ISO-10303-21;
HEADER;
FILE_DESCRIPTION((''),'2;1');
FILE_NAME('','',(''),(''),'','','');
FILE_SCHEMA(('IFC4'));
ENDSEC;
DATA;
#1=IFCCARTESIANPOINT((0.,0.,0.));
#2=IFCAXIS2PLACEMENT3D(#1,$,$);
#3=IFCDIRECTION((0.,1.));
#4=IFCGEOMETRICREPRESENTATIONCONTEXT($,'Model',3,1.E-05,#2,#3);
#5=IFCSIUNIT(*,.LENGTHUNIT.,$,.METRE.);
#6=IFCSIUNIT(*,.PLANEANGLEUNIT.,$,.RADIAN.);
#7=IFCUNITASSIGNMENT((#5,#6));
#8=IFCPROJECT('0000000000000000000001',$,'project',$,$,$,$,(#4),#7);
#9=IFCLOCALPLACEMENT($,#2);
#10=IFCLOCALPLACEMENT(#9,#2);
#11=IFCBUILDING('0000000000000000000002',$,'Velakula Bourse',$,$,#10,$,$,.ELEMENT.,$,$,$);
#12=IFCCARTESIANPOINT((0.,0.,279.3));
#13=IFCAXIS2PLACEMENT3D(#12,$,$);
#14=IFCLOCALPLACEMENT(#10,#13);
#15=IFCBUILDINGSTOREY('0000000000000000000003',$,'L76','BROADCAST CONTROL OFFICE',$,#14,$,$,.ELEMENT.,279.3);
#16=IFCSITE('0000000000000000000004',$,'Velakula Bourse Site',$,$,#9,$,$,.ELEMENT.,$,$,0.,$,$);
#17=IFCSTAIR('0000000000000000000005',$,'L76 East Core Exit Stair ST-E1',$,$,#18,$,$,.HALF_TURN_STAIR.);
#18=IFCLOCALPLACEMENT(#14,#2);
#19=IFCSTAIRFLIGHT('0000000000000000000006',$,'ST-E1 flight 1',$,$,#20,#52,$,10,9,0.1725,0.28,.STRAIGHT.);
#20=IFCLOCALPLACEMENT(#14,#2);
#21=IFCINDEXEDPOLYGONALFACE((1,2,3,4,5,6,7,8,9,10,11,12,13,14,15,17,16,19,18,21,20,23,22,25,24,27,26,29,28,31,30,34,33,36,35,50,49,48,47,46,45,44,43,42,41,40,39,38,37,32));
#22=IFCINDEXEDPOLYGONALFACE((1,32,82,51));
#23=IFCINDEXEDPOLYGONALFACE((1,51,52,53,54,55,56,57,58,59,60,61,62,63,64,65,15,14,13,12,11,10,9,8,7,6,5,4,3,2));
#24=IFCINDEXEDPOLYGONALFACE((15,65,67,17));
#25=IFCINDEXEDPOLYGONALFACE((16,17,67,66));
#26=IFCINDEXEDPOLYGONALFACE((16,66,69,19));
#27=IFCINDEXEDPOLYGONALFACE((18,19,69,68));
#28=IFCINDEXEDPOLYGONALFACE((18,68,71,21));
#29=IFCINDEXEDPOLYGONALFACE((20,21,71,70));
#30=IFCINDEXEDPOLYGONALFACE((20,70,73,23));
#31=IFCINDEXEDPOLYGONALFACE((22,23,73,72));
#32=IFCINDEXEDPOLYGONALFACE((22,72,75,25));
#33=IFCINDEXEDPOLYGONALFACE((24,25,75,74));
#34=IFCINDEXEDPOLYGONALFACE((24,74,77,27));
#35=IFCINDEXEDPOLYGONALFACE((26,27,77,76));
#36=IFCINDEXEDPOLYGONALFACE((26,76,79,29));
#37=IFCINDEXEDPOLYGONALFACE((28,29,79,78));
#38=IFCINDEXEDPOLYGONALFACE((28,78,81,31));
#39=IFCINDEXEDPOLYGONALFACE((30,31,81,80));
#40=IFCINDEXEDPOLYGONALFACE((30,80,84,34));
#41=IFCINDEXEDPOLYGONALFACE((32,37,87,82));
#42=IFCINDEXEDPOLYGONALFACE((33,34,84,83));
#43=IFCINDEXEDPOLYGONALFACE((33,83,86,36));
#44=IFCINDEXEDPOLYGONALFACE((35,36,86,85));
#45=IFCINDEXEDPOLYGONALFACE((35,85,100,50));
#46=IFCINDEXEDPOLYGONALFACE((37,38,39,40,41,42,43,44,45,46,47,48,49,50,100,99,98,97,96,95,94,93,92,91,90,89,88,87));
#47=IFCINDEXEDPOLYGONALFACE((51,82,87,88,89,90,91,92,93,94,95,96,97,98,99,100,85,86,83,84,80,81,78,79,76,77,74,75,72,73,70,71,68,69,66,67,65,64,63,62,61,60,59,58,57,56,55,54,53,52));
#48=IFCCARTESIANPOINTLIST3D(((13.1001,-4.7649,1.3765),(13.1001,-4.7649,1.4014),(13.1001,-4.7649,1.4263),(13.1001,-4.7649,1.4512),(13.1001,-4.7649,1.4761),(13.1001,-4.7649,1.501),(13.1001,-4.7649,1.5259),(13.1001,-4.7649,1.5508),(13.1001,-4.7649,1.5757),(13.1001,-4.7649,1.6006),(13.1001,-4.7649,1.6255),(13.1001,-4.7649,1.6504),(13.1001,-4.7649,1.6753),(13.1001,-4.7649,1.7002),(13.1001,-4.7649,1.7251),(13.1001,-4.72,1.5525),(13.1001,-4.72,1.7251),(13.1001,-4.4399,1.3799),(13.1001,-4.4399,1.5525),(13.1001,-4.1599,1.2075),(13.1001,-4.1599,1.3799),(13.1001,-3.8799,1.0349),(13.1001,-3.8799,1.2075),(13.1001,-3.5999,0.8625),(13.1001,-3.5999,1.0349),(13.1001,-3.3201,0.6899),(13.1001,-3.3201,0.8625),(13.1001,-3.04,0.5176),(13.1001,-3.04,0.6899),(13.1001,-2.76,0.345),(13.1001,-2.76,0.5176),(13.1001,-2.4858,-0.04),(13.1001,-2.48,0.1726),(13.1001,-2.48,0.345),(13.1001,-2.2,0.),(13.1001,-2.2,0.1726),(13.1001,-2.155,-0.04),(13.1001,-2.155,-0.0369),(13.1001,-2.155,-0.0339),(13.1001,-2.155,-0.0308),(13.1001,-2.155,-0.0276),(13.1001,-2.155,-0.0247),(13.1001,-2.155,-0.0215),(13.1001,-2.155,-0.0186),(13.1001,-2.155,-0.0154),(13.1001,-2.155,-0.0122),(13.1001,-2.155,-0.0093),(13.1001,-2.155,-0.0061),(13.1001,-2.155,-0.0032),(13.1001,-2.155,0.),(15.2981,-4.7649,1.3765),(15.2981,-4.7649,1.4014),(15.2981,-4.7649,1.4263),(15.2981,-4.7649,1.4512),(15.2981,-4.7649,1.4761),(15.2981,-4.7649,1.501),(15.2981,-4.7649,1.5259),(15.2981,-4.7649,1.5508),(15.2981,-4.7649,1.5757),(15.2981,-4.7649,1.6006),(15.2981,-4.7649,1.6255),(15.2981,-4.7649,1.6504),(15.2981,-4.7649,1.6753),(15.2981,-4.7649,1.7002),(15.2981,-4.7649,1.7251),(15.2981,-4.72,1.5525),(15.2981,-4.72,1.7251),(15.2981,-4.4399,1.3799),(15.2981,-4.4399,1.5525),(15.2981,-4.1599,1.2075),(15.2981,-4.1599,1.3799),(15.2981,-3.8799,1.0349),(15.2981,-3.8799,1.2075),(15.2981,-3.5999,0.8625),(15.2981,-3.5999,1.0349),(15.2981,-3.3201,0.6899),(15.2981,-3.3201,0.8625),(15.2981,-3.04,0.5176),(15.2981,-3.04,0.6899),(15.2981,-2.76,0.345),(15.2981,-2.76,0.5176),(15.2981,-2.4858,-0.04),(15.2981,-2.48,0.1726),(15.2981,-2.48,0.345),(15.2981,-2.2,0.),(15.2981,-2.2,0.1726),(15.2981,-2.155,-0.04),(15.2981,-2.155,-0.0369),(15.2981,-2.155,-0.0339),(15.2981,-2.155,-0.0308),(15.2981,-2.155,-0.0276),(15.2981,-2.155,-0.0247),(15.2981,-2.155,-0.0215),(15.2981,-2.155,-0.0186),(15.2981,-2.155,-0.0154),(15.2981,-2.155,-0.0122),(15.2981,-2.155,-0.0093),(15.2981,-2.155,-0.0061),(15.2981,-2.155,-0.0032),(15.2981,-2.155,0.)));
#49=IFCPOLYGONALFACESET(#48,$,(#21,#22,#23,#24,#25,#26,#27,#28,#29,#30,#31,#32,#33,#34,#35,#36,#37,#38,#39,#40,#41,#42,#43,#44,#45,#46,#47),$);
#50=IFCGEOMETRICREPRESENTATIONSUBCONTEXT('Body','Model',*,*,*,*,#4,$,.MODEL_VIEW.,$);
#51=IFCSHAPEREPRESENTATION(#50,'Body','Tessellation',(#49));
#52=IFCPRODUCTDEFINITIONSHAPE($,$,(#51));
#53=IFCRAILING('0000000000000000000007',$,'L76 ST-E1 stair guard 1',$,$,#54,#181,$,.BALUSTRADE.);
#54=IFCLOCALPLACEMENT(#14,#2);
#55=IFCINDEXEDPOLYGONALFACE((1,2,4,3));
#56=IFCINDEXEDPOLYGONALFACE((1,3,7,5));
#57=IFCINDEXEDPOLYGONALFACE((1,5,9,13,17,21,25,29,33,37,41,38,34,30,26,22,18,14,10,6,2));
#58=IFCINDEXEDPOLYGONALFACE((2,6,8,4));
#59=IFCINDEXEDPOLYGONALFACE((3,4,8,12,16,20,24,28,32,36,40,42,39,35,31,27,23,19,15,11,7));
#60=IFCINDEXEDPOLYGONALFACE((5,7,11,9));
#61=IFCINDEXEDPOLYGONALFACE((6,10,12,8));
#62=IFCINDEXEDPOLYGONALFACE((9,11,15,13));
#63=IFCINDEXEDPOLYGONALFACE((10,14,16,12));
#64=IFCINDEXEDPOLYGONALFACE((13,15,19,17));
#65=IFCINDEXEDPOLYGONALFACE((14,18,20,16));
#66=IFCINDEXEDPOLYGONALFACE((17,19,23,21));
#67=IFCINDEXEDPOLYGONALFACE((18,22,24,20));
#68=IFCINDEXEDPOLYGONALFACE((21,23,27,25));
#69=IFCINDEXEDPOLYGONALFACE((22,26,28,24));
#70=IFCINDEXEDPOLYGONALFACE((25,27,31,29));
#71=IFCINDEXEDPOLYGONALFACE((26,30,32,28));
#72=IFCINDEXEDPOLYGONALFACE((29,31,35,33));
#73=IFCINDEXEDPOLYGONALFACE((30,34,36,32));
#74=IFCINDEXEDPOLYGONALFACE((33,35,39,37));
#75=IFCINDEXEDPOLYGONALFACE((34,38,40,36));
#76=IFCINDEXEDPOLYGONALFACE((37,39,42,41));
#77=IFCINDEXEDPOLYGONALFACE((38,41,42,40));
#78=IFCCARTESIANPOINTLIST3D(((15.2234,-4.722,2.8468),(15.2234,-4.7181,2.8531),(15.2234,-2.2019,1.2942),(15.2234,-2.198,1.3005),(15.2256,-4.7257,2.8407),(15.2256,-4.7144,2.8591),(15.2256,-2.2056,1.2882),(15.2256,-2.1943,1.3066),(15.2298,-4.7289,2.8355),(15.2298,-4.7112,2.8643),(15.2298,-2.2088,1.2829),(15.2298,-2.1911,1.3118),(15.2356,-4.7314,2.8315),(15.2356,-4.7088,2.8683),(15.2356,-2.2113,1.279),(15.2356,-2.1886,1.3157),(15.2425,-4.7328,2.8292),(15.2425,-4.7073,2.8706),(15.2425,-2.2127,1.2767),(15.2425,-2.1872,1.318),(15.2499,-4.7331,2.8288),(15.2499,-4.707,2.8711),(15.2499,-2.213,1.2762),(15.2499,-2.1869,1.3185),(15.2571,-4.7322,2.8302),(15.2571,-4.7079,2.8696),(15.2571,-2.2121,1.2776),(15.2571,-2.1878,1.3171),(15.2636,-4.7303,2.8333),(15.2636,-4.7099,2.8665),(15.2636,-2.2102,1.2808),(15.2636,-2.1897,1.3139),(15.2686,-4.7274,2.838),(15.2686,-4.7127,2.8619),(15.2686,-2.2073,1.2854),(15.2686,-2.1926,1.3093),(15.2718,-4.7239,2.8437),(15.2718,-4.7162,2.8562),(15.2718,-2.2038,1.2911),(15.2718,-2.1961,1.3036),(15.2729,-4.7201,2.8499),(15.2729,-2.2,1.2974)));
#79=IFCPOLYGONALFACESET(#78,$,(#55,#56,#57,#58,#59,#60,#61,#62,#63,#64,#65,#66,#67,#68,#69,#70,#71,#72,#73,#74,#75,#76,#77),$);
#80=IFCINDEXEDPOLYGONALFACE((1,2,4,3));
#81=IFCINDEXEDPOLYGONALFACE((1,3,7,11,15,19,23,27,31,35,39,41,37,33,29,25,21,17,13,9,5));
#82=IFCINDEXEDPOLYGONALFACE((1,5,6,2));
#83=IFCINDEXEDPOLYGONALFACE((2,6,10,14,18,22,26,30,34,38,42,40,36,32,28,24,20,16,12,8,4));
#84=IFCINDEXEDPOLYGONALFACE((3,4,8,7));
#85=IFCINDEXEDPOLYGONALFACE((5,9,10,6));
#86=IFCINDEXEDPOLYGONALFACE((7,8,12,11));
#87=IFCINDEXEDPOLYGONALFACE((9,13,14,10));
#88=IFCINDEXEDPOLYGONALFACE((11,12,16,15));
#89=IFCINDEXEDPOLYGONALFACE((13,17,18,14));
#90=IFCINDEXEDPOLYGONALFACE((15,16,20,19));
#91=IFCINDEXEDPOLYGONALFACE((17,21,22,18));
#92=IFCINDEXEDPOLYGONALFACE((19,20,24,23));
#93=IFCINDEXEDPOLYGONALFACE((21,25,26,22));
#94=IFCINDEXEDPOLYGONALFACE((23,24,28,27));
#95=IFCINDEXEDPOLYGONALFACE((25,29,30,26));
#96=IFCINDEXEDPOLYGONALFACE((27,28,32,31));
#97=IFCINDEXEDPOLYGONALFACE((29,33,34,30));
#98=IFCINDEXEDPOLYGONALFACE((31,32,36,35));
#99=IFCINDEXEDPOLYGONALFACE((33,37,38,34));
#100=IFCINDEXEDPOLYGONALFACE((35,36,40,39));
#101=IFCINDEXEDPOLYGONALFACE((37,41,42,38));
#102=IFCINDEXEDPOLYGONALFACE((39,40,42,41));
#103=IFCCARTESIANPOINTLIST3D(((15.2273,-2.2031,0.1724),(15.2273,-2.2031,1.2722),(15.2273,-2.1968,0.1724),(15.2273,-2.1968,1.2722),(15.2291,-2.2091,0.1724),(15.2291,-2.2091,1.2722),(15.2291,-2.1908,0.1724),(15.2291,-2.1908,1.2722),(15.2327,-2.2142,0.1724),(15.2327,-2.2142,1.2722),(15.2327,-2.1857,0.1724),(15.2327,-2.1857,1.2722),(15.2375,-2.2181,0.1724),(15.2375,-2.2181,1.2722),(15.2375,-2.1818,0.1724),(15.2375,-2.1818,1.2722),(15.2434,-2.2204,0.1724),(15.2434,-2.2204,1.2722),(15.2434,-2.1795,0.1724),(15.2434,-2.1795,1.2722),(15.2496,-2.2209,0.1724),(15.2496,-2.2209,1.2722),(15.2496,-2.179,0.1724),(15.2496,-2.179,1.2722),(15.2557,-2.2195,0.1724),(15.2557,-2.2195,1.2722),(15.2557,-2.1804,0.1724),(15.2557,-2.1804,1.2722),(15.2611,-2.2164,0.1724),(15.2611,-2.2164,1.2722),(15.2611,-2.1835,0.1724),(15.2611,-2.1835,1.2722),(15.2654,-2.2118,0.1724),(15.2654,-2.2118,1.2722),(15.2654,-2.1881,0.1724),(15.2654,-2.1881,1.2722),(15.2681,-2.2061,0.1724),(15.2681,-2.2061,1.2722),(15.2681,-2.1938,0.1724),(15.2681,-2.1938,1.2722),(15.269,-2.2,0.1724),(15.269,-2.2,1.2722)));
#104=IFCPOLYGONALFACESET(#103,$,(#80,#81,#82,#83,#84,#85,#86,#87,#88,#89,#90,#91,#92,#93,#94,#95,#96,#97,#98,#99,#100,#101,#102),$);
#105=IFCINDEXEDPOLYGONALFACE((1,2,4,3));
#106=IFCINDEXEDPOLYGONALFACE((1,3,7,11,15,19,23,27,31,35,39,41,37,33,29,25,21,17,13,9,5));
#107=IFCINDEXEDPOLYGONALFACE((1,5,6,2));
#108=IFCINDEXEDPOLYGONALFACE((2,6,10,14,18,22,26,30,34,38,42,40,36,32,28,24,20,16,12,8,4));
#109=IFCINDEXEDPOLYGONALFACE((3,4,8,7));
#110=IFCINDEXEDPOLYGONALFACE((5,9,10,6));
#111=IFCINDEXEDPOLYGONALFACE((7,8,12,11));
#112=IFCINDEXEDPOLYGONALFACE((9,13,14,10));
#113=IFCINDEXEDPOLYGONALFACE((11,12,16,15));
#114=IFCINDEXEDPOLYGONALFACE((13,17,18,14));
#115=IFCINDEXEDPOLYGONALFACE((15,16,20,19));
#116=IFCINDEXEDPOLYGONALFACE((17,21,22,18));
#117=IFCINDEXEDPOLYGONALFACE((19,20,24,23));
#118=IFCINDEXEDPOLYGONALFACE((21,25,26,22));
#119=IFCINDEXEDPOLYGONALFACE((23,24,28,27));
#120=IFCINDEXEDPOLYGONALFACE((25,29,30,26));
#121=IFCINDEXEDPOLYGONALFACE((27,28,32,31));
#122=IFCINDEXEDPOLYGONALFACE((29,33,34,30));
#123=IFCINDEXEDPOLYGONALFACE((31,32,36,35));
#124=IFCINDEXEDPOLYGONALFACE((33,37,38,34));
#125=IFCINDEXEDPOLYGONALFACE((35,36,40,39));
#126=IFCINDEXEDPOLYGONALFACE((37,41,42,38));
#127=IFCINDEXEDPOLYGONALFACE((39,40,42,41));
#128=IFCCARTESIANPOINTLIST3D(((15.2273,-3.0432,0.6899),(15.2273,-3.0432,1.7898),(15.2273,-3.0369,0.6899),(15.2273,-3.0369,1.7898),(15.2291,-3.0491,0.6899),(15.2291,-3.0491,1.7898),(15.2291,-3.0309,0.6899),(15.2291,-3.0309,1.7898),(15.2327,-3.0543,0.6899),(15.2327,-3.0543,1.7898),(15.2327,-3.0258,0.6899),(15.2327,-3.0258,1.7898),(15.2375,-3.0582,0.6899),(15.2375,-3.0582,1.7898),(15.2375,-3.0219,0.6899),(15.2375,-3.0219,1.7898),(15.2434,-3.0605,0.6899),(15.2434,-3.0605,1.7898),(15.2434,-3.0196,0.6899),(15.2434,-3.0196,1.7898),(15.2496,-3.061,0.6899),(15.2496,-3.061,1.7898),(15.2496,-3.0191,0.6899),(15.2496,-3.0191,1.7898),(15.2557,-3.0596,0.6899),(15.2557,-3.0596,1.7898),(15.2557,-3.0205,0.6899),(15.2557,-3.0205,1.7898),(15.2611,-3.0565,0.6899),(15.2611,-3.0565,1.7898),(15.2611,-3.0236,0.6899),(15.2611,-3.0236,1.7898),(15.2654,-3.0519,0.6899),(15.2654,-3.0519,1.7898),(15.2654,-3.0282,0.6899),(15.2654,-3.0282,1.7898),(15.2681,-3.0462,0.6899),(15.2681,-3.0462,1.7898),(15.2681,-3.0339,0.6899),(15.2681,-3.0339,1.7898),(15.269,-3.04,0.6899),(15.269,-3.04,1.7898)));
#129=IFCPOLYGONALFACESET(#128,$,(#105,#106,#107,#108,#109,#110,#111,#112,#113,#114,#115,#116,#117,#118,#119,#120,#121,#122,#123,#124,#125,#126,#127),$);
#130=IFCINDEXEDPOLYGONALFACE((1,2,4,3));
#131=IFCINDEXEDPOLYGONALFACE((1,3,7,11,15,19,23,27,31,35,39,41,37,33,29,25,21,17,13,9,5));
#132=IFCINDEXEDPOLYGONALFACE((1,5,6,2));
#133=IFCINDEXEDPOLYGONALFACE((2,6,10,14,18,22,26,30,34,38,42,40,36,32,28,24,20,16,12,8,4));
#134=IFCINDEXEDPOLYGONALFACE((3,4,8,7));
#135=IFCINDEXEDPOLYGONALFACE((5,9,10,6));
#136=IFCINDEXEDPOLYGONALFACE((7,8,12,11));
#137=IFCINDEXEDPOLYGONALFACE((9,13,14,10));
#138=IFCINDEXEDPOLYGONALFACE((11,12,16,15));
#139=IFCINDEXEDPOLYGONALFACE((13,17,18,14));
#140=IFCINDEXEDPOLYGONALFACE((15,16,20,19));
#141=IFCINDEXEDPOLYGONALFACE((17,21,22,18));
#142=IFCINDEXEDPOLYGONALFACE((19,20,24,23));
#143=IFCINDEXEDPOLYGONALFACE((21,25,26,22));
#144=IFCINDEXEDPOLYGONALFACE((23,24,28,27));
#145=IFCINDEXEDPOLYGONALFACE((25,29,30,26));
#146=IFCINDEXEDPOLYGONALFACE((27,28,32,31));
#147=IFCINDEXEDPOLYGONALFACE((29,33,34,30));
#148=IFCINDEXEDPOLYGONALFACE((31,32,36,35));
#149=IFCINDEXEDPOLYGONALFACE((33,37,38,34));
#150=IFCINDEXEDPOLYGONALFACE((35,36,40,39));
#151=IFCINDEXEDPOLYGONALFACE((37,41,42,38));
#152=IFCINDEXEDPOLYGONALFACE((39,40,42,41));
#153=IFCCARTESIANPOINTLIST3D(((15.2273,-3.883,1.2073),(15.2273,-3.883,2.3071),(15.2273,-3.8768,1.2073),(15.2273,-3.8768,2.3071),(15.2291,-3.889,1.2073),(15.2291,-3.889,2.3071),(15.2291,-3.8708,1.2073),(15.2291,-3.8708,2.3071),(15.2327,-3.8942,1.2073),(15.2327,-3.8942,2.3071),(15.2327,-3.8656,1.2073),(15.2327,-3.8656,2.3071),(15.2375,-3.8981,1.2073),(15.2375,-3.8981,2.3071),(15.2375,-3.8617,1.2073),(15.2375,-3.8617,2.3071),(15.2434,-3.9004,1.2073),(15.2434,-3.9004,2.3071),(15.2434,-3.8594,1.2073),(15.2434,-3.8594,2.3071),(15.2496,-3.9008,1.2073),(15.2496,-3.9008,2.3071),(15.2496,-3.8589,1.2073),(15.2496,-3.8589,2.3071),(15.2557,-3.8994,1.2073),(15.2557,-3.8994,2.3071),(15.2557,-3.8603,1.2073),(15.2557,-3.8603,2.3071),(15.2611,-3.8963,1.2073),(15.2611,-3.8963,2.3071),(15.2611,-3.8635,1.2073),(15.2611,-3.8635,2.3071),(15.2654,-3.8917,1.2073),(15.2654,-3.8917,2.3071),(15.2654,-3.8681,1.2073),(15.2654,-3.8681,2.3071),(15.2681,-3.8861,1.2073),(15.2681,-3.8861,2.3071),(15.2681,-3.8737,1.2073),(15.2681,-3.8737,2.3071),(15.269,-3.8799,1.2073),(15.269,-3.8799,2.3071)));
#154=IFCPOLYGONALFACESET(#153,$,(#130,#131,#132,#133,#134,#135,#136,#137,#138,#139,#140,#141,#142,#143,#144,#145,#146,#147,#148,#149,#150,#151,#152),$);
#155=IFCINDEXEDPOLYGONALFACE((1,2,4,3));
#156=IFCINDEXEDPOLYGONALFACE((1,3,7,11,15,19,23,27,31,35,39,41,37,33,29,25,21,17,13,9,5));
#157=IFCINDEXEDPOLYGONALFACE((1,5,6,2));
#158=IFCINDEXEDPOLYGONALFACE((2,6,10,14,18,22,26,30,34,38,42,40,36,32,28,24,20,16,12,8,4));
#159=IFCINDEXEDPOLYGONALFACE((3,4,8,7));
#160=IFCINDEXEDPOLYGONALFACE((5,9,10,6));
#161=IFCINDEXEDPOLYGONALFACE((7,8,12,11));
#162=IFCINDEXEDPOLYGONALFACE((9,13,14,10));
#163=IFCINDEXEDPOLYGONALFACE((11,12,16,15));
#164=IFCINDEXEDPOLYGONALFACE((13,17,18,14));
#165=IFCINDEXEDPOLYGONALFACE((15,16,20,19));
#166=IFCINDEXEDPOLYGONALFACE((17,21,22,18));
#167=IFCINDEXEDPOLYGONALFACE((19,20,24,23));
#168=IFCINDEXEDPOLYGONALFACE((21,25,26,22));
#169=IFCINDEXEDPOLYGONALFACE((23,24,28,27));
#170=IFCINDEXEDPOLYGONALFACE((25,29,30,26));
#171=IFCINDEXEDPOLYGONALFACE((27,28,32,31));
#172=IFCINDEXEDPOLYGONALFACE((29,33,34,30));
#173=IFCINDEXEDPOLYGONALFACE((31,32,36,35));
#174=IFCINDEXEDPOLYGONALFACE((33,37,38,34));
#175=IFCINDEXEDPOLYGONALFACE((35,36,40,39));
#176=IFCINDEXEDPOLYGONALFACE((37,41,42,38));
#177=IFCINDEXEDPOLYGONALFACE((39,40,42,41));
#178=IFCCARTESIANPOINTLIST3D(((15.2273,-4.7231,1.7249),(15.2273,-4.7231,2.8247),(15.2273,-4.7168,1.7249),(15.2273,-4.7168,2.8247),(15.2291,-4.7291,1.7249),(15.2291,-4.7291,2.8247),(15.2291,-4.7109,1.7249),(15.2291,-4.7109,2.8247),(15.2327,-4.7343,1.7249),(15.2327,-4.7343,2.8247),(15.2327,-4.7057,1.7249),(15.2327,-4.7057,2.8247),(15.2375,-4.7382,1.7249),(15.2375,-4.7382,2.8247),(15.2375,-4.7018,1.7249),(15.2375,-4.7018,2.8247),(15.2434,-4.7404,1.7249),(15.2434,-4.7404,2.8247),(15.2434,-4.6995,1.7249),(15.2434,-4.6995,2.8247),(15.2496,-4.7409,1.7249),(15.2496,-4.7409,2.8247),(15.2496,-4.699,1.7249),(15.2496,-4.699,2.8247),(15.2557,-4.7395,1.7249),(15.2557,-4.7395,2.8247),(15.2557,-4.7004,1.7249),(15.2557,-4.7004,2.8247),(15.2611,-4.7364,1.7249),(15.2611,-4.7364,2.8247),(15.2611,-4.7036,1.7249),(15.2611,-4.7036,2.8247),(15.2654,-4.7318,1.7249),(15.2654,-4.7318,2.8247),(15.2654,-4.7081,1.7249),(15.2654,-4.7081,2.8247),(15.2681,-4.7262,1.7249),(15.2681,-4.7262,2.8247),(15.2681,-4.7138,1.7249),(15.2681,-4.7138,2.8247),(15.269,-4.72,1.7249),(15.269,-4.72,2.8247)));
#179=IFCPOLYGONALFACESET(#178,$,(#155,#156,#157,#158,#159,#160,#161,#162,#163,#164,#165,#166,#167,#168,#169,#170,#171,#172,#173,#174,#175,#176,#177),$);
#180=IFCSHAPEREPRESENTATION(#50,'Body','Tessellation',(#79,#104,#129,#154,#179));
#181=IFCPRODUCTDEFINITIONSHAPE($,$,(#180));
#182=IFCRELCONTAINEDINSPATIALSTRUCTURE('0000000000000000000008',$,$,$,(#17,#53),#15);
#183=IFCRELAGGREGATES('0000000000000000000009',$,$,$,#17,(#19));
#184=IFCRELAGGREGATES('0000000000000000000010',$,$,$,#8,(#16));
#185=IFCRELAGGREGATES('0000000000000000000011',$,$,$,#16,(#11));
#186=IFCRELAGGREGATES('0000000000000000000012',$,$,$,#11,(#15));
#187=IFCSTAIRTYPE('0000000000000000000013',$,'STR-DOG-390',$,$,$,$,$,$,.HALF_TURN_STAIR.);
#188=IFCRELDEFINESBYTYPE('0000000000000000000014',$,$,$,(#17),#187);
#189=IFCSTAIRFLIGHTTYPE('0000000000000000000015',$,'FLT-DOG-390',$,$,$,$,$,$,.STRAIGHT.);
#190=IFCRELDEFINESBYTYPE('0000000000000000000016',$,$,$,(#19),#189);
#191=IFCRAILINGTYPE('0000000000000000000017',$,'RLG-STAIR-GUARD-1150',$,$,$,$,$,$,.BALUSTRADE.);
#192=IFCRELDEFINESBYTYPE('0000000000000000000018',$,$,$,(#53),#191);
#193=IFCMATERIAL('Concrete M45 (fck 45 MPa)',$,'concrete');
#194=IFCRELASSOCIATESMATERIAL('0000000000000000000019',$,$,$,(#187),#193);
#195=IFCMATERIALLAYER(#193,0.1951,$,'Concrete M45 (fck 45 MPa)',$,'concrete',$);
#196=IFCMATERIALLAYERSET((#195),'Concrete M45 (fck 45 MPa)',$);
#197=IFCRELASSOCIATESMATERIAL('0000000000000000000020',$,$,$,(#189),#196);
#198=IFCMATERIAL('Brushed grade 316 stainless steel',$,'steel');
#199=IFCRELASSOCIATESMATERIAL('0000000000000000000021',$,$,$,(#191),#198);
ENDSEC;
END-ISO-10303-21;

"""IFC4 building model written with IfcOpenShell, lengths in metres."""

from ifc_helpers import new_model, si_unit, direction, frame, origin, origin_2d, place, context, subcontext, project, spatial, polyline, circle, outline, extrude, material, layer, layer_set, type_object, element, aggregate, save


model = new_model("IFC4")

# Units and contexts
model_context = context("Model", 3, precision=1e-05, world=origin(), true_north=direction((0.0, 1.0)))
body_context = subcontext(model_context, "Body", "Model", "MODEL_VIEW")
ifc_project = project(units=[si_unit("LENGTHUNIT", "METRE"), si_unit("PLANEANGLEUNIT", "RADIAN")], contexts=[model_context])

# Site, building, storey
site_placement = place(None, origin())
site = spatial("IfcSite", under=ifc_project, at=site_placement, Name="Velakula Bourse Site", CompositionType="ELEMENT", RefElevation=0.0)
building_placement = place(site_placement, origin())
building = spatial("IfcBuilding", under=site, at=building_placement, Name="Velakula Bourse", CompositionType="ELEMENT")
storey_placement = place(building_placement, frame((0.0, 0.0, 279.3)))
storey = spatial("IfcBuildingStorey", under=building, at=storey_placement, Name="L76", Description="BROADCAST CONTROL OFFICE", CompositionType="ELEMENT", Elevation=279.3)

# Shared definitions
ifc_material_1 = material(Name="Brushed grade 316 stainless steel", Category="steel")

# Stair, stair flight
ifc_material_2 = material(Name="Concrete M45 (fck 45 MPa)", Category="concrete")
stair_type = type_object("IfcStairType", Name="STR-DOG-390", PredefinedType="HALF_TURN_STAIR", material=ifc_material_2)
stair_placement = place(storey_placement, origin())
stair = element("IfcStair", 1, at=stair_placement, inside=storey, type_object=stair_type, Name="L76 East Core Exit Stair ST-E1", PredefinedType="HALF_TURN_STAIR")
ifc_layer_1 = layer(ifc_material_2, 0.1951, Name="Concrete M45 (fck 45 MPa)", Category="concrete")
ifc_layer_set_1 = layer_set([ifc_layer_1], Name="Concrete M45 (fck 45 MPa)")
stair_flight_type = type_object("IfcStairFlightType", Name="FLT-DOG-390", PredefinedType="STRAIGHT", material=ifc_layer_set_1)
stair_flight_placement = place(storey_placement, frame((14.199, -2.2, 0.0), z_axis=(0.0, 0.0, 1.0), x_axis=(0.0, -1.0, 0.0)))
stair_flight = element("IfcStairFlight", 2, at=stair_flight_placement, type_object=stair_flight_type, Name="ST-E1 flight 1", NumberOfRisers=10, NumberOfTreads=9, PredefinedType="STRAIGHT", RiserHeight=0.1725, TreadLength=0.28, context=body_context, shape_type="SweptSolid", body=[
    extrude(outline(polyline([(-0.0449, -0.04), (-0.0449, -0.0369), (-0.0449, -0.0339), (-0.0449, -0.0308), (-0.0449, -0.0276), (-0.0449, -0.0247), (-0.0449, -0.0215), (-0.0449, -0.0186), (-0.0449, -0.0154), (-0.0449, -0.0122), (-0.0449, -0.0093), (-0.0449, -0.0061), (-0.0449, -0.0032), (-0.0449, 0.0), (0.0, 0.0), (0.0, 0.1726), (0.28, 0.1726), (0.28, 0.345), (0.5601, 0.345), (0.5601, 0.5176), (0.8401, 0.5176), (0.8401, 0.6899), (1.1201, 0.6899), (1.1201, 0.8625), (1.3999, 0.8625), (1.3999, 1.0349), (1.6799, 1.0349), (1.6799, 1.2075), (1.96, 1.2075), (1.96, 1.3799), (2.24, 1.3799), (2.24, 1.5525), (2.52, 1.5525), (2.52, 1.7251), (2.5649, 1.7251), (2.5649, 1.7002), (2.5649, 1.6753), (2.5649, 1.6504), (2.5649, 1.6255), (2.5649, 1.6006), (2.5649, 1.5757), (2.5649, 1.5508), (2.5649, 1.5259), (2.5649, 1.501), (2.5649, 1.4761), (2.5649, 1.4512), (2.5649, 1.4263), (2.5649, 1.4014), (2.5649, 1.3765), (0.2859, -0.04), (-0.0449, -0.04)])), frame((0.0, 1.0991, 0.0), z_axis=(0.0, -1.0, 0.0), x_axis=(1.0, 0.0, 0.0)), (0.0, 0.0, 1.0), 2.198),
])
aggregate(stair, [stair_flight])

# Railing
railing_type_1 = type_object("IfcRailingType", Name="RLG-STAIR-GUARD-1150", PredefinedType="BALUSTRADE", material=ifc_material_1)
railing_1_placement = place(storey_placement, frame((15.248, -2.2, 0.1724)))
element("IfcRailing", 3, at=railing_1_placement, inside=storey, type_object=railing_type_1, Name="L76 ST-E1 stair guard 1", PredefinedType="BALUSTRADE", context=body_context, shape_type="SweptSolid", body=[
    extrude(circle(Radius=0.0249, at=origin_2d()), frame((0.0, 0.0, 1.125), z_axis=(0.0, -0.8514, 0.524516), x_axis=(1.0, 0.0, 0.0)), (0.0, 0.0, 1.0), 2.96),
    extrude(circle(Radius=0.021, at=origin_2d()), origin(), (0.0, 0.0, 1.0), 1.0999),
    extrude(circle(Radius=0.021, at=origin_2d()), frame((0.0, -0.8401, 0.5176)), (0.0, 0.0, 1.0), 1.0999),
    extrude(circle(Radius=0.021, at=origin_2d()), frame((0.0, -1.6799, 1.0349)), (0.0, 0.0, 1.0), 1.0999),
    extrude(circle(Radius=0.021, at=origin_2d()), frame((0.0, -2.52, 1.5525)), (0.0, 0.0, 1.0), 1.0999),
])

save(model, "model.ifc")
